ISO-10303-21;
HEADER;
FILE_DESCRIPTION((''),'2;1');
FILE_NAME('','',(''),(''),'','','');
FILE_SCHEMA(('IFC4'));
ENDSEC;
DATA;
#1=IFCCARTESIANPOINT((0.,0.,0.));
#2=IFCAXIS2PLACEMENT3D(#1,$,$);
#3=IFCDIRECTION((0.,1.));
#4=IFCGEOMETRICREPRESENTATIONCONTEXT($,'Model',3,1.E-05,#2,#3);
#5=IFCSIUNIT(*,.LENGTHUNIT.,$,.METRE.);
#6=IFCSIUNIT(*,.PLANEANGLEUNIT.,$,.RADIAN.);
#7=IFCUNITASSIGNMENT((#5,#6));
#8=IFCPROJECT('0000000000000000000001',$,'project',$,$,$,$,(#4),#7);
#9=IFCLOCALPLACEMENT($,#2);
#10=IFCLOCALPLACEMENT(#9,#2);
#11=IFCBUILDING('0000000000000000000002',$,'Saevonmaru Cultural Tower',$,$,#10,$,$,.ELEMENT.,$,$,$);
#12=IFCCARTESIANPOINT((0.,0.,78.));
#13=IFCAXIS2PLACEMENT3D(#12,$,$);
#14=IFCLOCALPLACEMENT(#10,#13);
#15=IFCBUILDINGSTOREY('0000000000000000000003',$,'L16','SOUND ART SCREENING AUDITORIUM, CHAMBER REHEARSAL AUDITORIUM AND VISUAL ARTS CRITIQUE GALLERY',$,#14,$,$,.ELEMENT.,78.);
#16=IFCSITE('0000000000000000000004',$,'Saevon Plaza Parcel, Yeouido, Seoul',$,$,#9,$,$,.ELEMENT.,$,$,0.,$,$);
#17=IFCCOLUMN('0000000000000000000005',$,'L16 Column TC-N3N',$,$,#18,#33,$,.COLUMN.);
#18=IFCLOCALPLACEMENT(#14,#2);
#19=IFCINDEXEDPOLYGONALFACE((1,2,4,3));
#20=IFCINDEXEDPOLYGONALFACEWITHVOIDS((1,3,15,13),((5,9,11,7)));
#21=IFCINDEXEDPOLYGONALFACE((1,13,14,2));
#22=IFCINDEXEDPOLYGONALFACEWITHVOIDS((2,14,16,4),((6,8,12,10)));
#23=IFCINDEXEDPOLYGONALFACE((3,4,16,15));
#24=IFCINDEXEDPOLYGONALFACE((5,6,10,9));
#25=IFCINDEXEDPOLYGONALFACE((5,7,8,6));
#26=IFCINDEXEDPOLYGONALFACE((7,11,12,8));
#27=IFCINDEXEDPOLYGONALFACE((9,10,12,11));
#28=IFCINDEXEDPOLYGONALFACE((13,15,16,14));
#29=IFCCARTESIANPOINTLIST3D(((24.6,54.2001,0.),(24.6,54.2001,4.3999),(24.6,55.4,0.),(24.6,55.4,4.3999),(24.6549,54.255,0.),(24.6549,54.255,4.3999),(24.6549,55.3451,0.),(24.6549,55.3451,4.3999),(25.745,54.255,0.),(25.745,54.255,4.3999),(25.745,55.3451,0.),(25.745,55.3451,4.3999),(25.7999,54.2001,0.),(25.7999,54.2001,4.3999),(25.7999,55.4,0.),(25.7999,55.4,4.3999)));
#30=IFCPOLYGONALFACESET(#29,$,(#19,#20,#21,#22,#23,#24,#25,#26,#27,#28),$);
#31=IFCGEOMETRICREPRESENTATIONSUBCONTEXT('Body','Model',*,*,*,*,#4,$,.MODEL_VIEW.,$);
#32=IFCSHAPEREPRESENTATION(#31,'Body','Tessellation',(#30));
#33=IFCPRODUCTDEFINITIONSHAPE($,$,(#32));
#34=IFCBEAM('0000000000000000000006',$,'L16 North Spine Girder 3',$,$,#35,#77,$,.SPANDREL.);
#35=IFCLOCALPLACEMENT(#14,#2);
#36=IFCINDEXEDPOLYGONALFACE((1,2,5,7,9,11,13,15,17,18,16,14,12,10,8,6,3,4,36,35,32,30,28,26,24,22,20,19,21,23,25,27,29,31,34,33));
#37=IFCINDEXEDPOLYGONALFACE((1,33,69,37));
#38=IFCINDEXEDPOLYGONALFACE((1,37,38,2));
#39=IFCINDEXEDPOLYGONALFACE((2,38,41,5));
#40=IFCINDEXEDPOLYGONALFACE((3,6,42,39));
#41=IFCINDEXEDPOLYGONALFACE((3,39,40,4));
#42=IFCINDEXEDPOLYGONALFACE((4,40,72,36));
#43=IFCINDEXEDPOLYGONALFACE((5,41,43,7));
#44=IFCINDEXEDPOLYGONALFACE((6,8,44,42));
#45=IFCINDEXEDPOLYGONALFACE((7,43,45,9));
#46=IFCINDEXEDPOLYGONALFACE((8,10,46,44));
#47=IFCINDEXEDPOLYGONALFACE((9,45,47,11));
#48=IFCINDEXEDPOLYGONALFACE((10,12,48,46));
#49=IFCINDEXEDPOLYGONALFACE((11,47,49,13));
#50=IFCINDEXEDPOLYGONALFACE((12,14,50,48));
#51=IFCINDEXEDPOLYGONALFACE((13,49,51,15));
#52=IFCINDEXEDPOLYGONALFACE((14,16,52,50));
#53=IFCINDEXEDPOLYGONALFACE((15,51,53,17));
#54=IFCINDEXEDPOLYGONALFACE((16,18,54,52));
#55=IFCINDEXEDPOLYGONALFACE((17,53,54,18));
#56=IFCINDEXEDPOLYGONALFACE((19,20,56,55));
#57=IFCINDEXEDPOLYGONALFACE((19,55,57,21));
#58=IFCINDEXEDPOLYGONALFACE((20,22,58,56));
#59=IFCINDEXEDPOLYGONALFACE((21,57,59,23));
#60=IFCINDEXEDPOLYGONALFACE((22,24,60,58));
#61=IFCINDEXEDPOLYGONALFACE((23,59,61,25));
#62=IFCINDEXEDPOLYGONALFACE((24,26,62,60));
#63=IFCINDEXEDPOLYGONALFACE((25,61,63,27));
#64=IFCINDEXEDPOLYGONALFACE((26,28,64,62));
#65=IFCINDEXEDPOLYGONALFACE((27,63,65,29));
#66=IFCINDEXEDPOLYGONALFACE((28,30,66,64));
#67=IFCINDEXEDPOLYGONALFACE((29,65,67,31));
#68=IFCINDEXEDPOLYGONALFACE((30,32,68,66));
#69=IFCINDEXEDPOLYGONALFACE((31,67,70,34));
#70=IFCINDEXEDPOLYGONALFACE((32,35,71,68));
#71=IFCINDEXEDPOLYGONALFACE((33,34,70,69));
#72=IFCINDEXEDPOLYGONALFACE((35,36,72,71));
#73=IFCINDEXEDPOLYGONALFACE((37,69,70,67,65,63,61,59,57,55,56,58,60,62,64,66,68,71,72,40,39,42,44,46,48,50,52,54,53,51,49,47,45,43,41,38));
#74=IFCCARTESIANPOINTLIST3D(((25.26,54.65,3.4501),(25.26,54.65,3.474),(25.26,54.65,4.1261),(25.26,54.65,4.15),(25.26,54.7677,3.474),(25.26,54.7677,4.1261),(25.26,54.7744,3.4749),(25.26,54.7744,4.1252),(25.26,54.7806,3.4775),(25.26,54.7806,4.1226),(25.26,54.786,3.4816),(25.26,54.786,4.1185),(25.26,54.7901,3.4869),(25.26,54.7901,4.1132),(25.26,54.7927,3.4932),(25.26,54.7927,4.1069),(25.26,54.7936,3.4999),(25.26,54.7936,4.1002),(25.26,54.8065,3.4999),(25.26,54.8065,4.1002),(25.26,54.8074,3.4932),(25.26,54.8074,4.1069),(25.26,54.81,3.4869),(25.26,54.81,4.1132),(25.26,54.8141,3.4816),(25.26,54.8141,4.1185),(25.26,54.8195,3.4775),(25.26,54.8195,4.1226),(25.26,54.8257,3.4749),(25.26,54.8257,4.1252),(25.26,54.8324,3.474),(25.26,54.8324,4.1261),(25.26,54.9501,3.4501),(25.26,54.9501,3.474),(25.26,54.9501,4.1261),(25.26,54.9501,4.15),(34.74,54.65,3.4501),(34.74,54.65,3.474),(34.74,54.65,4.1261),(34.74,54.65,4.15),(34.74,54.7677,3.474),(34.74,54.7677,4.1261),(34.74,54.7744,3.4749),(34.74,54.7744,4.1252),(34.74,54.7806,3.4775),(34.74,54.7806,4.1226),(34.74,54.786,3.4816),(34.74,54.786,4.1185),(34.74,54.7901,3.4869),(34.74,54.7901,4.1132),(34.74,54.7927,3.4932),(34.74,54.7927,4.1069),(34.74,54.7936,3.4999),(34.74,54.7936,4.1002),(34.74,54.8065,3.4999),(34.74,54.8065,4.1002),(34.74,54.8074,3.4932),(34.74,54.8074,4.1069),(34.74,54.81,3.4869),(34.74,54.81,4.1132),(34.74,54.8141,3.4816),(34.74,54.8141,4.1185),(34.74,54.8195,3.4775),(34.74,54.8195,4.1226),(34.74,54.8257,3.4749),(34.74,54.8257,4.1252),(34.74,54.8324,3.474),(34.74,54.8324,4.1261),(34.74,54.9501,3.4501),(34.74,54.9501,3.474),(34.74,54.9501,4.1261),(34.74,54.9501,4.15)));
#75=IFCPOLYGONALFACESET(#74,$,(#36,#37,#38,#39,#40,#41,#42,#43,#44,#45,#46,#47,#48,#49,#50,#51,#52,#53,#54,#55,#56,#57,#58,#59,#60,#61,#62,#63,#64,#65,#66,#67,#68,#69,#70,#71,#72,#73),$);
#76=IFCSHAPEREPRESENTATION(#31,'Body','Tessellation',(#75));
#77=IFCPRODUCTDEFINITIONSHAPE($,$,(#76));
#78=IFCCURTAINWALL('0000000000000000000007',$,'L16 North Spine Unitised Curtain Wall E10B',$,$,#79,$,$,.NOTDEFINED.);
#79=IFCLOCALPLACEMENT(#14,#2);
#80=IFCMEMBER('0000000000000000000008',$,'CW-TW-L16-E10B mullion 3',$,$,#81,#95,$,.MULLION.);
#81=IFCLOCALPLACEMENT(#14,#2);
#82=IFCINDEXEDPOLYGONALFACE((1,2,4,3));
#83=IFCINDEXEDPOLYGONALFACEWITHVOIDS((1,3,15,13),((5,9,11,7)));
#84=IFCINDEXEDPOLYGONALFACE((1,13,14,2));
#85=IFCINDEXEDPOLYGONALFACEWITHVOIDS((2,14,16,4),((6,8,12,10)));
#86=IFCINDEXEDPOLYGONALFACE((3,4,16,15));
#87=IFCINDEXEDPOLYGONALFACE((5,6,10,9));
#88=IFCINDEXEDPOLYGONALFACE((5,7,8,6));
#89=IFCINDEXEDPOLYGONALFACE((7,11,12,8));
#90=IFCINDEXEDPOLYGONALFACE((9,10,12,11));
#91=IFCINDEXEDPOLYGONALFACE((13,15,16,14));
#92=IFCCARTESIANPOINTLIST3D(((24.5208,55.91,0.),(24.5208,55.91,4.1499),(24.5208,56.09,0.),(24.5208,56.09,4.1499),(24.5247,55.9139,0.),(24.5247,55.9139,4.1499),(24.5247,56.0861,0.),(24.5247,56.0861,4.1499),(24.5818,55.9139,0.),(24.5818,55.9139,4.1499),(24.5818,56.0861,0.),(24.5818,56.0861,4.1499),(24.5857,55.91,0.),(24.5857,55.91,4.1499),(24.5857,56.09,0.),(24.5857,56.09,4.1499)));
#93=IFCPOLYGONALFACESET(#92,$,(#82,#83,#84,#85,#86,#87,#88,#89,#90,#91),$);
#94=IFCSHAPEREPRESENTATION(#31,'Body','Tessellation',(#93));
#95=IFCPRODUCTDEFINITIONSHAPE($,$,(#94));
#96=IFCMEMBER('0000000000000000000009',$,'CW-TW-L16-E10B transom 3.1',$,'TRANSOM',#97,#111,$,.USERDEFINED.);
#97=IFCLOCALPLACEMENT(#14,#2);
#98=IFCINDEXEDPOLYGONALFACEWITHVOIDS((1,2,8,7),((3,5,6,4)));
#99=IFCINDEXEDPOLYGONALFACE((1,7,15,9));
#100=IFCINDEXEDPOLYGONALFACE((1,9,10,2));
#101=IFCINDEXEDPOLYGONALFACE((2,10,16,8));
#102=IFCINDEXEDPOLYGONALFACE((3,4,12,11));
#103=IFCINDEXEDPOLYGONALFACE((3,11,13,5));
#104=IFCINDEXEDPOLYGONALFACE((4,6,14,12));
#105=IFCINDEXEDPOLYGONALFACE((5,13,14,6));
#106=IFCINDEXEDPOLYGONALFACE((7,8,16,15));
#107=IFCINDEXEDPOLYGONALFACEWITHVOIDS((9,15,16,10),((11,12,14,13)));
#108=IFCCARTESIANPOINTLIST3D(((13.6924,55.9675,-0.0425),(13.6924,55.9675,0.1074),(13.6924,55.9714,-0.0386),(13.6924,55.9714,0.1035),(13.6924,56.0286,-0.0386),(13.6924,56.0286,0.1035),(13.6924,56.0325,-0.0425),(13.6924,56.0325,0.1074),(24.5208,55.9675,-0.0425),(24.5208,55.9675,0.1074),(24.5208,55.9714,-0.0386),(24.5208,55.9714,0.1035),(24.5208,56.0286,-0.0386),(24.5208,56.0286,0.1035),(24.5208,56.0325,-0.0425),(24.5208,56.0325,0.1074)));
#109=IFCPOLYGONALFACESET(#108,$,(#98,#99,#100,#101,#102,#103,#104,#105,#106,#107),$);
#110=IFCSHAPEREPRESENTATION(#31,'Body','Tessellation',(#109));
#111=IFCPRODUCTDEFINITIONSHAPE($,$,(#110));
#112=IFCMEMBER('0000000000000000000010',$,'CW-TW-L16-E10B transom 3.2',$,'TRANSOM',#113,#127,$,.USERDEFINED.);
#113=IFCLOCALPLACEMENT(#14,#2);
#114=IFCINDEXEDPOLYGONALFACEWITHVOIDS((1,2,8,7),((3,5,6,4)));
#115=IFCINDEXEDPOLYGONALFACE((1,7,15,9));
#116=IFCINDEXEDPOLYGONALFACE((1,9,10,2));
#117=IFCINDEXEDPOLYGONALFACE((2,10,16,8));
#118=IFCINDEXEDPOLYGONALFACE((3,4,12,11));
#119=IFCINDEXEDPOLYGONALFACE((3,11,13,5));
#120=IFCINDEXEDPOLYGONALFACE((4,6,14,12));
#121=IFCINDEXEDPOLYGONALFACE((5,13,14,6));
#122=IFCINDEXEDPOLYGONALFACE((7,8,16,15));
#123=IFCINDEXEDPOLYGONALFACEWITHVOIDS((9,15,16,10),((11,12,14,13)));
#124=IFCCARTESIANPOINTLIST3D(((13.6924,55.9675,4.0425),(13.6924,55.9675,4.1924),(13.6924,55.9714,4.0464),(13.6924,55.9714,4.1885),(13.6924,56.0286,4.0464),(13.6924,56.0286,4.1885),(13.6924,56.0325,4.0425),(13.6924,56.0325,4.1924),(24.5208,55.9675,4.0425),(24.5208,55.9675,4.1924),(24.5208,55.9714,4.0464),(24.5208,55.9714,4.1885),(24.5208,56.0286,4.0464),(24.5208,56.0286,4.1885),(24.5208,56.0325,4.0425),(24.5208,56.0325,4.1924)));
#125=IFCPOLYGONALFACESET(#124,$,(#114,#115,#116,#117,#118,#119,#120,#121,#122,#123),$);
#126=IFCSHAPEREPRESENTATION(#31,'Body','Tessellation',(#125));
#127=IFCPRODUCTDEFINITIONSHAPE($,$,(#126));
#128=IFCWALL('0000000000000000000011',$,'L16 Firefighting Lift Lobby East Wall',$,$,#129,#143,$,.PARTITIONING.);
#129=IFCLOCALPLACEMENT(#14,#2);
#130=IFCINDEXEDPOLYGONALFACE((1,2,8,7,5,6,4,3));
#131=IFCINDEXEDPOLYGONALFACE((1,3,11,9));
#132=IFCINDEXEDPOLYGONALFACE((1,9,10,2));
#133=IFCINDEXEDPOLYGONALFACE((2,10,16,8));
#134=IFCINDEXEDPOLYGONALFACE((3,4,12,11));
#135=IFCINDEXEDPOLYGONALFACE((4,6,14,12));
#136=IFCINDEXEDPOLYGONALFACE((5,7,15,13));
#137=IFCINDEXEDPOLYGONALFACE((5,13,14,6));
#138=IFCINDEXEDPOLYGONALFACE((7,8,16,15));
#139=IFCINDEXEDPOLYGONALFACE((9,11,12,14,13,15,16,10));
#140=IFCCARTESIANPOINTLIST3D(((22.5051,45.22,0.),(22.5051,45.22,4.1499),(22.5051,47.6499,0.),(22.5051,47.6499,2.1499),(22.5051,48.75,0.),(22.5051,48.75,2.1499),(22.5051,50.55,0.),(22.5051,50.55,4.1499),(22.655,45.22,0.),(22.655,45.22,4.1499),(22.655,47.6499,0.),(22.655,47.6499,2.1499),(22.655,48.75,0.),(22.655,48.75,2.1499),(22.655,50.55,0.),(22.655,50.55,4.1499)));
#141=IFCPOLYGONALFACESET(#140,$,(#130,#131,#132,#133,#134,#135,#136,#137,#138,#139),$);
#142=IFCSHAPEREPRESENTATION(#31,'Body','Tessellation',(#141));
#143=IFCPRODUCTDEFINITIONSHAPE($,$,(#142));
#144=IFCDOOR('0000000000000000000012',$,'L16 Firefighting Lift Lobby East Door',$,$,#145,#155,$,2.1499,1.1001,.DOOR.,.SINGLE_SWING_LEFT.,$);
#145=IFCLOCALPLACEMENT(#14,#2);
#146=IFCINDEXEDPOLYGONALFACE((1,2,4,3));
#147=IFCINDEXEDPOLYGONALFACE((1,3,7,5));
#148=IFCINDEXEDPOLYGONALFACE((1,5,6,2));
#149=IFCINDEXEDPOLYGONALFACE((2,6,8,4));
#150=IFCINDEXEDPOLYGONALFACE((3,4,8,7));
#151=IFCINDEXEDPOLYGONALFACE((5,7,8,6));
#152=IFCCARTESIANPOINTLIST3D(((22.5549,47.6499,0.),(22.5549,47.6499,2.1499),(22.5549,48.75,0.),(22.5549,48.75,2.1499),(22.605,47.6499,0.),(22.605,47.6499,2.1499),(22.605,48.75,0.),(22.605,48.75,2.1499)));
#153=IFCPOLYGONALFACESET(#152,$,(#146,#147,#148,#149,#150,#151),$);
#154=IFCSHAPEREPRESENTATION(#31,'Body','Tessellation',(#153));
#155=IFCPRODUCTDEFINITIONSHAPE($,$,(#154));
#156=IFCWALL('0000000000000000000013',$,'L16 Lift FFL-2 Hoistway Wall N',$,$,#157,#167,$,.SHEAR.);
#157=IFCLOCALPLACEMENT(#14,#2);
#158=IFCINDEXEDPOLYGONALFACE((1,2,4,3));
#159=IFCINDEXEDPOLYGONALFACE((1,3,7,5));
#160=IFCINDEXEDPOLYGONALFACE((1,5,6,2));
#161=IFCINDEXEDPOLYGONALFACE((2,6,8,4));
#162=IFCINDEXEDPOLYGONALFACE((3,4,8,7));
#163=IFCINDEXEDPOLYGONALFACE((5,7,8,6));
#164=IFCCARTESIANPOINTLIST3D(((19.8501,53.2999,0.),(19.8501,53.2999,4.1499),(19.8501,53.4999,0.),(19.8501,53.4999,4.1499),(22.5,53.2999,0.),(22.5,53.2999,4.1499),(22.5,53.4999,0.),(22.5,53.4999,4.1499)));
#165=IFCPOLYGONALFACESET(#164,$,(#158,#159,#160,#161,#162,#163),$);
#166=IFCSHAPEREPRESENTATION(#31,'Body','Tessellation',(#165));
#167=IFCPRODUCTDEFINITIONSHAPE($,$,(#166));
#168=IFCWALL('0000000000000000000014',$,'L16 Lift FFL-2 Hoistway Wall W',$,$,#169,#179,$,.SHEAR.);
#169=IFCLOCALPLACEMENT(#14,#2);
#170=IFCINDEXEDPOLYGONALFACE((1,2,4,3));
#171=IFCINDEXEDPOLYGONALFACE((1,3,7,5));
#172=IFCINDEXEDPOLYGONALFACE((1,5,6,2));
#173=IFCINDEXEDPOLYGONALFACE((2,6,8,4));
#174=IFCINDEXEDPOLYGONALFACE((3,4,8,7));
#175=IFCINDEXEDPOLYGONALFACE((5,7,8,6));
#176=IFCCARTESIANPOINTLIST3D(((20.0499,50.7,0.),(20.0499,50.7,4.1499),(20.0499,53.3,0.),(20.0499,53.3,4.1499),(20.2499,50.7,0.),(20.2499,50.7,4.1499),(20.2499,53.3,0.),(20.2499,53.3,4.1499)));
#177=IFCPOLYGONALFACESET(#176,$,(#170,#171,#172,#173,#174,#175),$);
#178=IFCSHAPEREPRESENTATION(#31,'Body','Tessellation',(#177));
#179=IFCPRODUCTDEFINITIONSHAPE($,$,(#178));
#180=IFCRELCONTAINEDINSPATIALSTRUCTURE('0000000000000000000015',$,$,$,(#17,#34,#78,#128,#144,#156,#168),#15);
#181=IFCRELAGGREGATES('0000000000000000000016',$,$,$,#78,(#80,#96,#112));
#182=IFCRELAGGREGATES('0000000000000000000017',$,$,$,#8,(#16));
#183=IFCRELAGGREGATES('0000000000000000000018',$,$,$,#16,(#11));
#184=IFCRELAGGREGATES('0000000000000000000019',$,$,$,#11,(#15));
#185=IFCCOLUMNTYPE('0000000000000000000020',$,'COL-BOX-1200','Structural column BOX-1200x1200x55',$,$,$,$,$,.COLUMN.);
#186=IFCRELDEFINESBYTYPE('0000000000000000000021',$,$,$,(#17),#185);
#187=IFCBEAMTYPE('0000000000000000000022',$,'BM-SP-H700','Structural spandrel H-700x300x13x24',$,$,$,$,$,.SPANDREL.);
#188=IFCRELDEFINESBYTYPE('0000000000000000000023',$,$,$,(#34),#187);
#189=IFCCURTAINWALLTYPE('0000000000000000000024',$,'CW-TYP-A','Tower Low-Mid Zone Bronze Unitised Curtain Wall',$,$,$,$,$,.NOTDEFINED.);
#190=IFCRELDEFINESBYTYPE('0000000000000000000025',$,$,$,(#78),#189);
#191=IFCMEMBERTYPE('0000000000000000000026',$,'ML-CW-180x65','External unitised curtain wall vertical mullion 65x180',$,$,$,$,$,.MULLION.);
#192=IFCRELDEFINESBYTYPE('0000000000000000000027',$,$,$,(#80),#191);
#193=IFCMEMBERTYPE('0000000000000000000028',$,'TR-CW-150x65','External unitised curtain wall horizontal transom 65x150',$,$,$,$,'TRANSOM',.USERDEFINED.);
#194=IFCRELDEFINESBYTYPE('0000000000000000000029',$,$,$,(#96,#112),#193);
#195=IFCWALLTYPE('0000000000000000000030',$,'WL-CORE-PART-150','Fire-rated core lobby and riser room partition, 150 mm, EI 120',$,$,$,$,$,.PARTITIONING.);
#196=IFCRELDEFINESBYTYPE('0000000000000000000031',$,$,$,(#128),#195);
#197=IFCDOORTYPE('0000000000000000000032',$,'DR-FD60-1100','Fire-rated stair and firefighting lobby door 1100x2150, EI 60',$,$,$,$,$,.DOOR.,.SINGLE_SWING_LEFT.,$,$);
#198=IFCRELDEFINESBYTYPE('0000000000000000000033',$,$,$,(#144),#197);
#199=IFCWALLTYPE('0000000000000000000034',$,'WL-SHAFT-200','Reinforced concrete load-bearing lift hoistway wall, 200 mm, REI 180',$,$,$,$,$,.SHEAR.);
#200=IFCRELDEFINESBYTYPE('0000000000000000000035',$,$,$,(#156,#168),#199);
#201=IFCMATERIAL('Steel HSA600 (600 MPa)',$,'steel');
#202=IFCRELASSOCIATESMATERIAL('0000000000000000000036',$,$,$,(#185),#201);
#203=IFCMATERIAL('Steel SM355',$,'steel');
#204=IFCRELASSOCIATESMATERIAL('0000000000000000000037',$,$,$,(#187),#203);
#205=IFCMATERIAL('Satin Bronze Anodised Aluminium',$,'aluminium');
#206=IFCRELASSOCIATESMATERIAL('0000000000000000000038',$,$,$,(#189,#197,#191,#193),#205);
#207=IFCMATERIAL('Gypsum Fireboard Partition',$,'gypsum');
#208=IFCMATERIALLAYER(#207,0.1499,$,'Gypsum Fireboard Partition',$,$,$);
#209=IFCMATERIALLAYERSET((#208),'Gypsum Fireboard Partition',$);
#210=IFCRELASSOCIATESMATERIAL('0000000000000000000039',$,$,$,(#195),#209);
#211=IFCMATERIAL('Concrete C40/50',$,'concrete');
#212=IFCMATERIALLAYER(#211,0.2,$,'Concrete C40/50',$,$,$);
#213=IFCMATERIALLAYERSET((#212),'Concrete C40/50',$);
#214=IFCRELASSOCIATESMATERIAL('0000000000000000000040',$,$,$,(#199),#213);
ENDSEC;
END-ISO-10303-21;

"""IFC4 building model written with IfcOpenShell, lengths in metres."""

from ifc_helpers import new_model, si_unit, direction, frame, frame_2d, origin, origin_2d, place, context, subcontext, project, spatial, rectangle, hollow_rectangle, i_section, extrude, material, layer, layer_set, material_profile, profile_set, type_object, element, fill, aggregate, save


model = new_model("IFC4")

# Units and contexts
model_context = context("Model", 3, precision=1e-05, world=origin(), true_north=direction((0.0, 1.0)))
body_context = subcontext(model_context, "Body", "Model", "MODEL_VIEW")
ifc_project = project(units=[si_unit("LENGTHUNIT", "METRE"), si_unit("PLANEANGLEUNIT", "RADIAN")], contexts=[model_context])

# Site, building, storey
site_placement = place(None, origin())
site = spatial("IfcSite", under=ifc_project, at=site_placement, Name="Saevon Plaza Parcel, Yeouido, Seoul", CompositionType="ELEMENT", RefElevation=0.0)
building_placement = place(site_placement, origin())
building = spatial("IfcBuilding", under=site, at=building_placement, Name="Saevonmaru Cultural Tower", CompositionType="ELEMENT")
storey_placement = place(building_placement, frame((0.0, 0.0, 78.0)))
storey = spatial("IfcBuildingStorey", under=building, at=storey_placement, Name="L16", Description="SOUND ART SCREENING AUDITORIUM, CHAMBER REHEARSAL AUDITORIUM AND VISUAL ARTS CRITIQUE GALLERY", CompositionType="ELEMENT", Elevation=78.0)

# Column
ifc_material_1 = material(Name="Steel HSA600 (600 MPa)", Category="steel")
ifc_material_profile_1 = material_profile(ifc_material_1, hollow_rectangle(XDim=1.2, YDim=1.2, WallThickness=0.0549, at=origin_2d()), Name="BOX-1200x1200x55")
ifc_profile_set_1 = profile_set([ifc_material_profile_1], Name="Steel HSA600 (600 MPa)")
column_type = type_object("IfcColumnType", Name="COL-BOX-1200", Description="Structural column BOX-1200x1200x55", PredefinedType="COLUMN", material=ifc_profile_set_1)
column_placement = place(storey_placement, frame((25.2, 54.8, 0.0), z_axis=(0.0, 0.0, 1.0), x_axis=(1.0, 0.0, 0.0)))
element("IfcColumn", 1, at=column_placement, inside=storey, type_object=column_type, Name="L16 Column TC-N3N", PredefinedType="COLUMN", context=body_context, shape_type="SweptSolid", body=[
    extrude(hollow_rectangle(XDim=1.2, YDim=1.2, WallThickness=0.0549, at=origin_2d()), origin(), (0.0, 0.0, 1.0), 4.3999),
])

# Beam
ifc_material_2 = material(Name="Steel SM355", Category="steel")
ifc_material_profile_2 = material_profile(ifc_material_2, i_section(OverallWidth=0.3, OverallDepth=0.7, WebThickness=0.0129, FlangeThickness=0.0239, FilletRadius=0.0259, at=origin_2d()), Name="H-700x300x13x24")
ifc_profile_set_2 = profile_set([ifc_material_profile_2], Name="Steel SM355")
beam_type = type_object("IfcBeamType", Name="BM-SP-H700", Description="Structural spandrel H-700x300x13x24", PredefinedType="SPANDREL", material=ifc_profile_set_2)
beam_placement = place(storey_placement, frame((25.26, 54.8, 3.8), z_axis=(1.0, 0.0, 0.0), x_axis=(0.0, 1.0, 0.0)))
element("IfcBeam", 2, at=beam_placement, inside=storey, type_object=beam_type, Name="L16 North Spine Girder 3", PredefinedType="SPANDREL", context=body_context, shape_type="SweptSolid", body=[
    extrude(i_section(OverallWidth=0.3, OverallDepth=0.7, WebThickness=0.0129, FlangeThickness=0.0239, FilletRadius=0.0259, at=origin_2d()), origin(), (0.0, 0.0, 1.0), 9.48),
])

# Curtain wall, members
ifc_material_3 = material(Name="Satin Bronze Anodised Aluminium", Category="aluminium")
curtain_wall_type = type_object("IfcCurtainWallType", Name="CW-TYP-A", Description="Tower Low-Mid Zone Bronze Unitised Curtain Wall", PredefinedType="NOTDEFINED", material=ifc_material_3)
curtain_wall_placement = place(storey_placement, origin())
curtain_wall = element("IfcCurtainWall", 3, at=curtain_wall_placement, inside=storey, type_object=curtain_wall_type, Name="L16 North Spine Unitised Curtain Wall E10B", PredefinedType="NOTDEFINED")
ifc_material_profile_3 = material_profile(ifc_material_3, hollow_rectangle(XDim=0.0649, YDim=0.1799, WallThickness=0.0039, at=origin_2d()), Name="ALU-MULL-180x65x4")
ifc_profile_set_3 = profile_set([ifc_material_profile_3], Name="Satin Bronze Anodised Aluminium")
member_type_1 = type_object("IfcMemberType", Name="ML-CW-180x65", Description="External unitised curtain wall vertical mullion 65x180", PredefinedType="MULLION", material=ifc_profile_set_3)
member_1_placement = place(storey_placement, frame((24.5532, 56.0, 0.0), z_axis=(0.0, 0.0, 1.0), x_axis=(-1.0, 0.0, 0.0)))
member_1 = element("IfcMember", 4, at=member_1_placement, type_object=member_type_1, Name="CW-TW-L16-E10B mullion 3", PredefinedType="MULLION", context=body_context, shape_type="SweptSolid", body=[
    extrude(hollow_rectangle(XDim=0.0649, YDim=0.1799, WallThickness=0.0039, at=origin_2d()), origin(), (0.0, 0.0, 1.0), 4.1499),
])
ifc_material_profile_4 = material_profile(ifc_material_3, hollow_rectangle(XDim=0.0649, YDim=0.1499, WallThickness=0.0039, at=origin_2d()), Name="ALU-TRAN-150x65x4")
ifc_profile_set_4 = profile_set([ifc_material_profile_4], Name="Satin Bronze Anodised Aluminium")
member_type_2 = type_object("IfcMemberType", Name="TR-CW-150x65", Description="External unitised curtain wall horizontal transom 65x150", ElementType="TRANSOM", PredefinedType="USERDEFINED", material=ifc_profile_set_4)
member_2_placement = place(storey_placement, frame((24.5208, 56.0, 0.0325), z_axis=(-1.0, 0.0, 0.0), x_axis=(0.0, -1.0, 0.0)))
member_2 = element("IfcMember", 5, at=member_2_placement, type_object=member_type_2, Name="CW-TW-L16-E10B transom 3.1", ObjectType="TRANSOM", PredefinedType="USERDEFINED", context=body_context, shape_type="SweptSolid", body=[
    extrude(hollow_rectangle(XDim=0.0649, YDim=0.1499, WallThickness=0.0039, at=origin_2d()), origin(), (0.0, 0.0, 1.0), 10.8284),
])
member_3_placement = place(storey_placement, frame((24.5208, 56.0, 4.1174), z_axis=(-1.0, 0.0, 0.0), x_axis=(0.0, -1.0, 0.0)))
member_3 = element("IfcMember", 6, at=member_3_placement, type_object=member_type_2, Name="CW-TW-L16-E10B transom 3.2", ObjectType="TRANSOM", PredefinedType="USERDEFINED", context=body_context, shape_type="SweptSolid", body=[
    extrude(hollow_rectangle(XDim=0.0649, YDim=0.1499, WallThickness=0.0039, at=origin_2d()), origin(), (0.0, 0.0, 1.0), 10.8284),
])
aggregate(curtain_wall, [member_1, member_2, member_3])

# Wall, opening, door
ifc_material_4 = material(Name="Gypsum Fireboard Partition", Category="gypsum")
ifc_layer_1 = layer(ifc_material_4, 0.1499, Name="Gypsum Fireboard Partition")
ifc_layer_set_1 = layer_set([ifc_layer_1], Name="Gypsum Fireboard Partition")
wall_type_1 = type_object("IfcWallType", Name="WL-CORE-PART-150", Description="Fire-rated core lobby and riser room partition, 150 mm, EI 120", PredefinedType="PARTITIONING", material=ifc_layer_set_1)
wall_1_placement = place(storey_placement, frame((22.5801, 50.55, 0.0), z_axis=(0.0, 0.0, 1.0), x_axis=(0.0, -1.0, 0.0)))
wall_1 = element("IfcWall", 7, at=wall_1_placement, inside=storey, type_object=wall_type_1, Name="L16 Firefighting Lift Lobby East Wall", PredefinedType="PARTITIONING", context=body_context, shape_type="SweptSolid", body=[
    extrude(rectangle(XDim=5.3301, YDim=0.1499, at=frame_2d((2.665, 0.0))), origin(), (0.0, 0.0, 1.0), 4.1499),
])
opening_1_placement = place(wall_1_placement, frame((1.8, 0.0, 0.0)))
opening_1 = element("IfcOpeningElement", 8, at=opening_1_placement, cuts=wall_1, PredefinedType="OPENING", context=body_context, shape_type="SweptSolid", body=[
    extrude(rectangle(XDim=1.1001, YDim=2.1499, at=frame_2d((0.55, 1.075))), frame((0.0, 0.085, 0.0), z_axis=(0.0, -1.0, 0.0), x_axis=(1.0, 0.0, 0.0)), (0.0, 0.0, 1.0), 0.1699),
])
door_type_1 = type_object("IfcDoorType", Name="DR-FD60-1100", Description="Fire-rated stair and firefighting lobby door 1100x2150, EI 60", OperationType="SINGLE_SWING_LEFT", PredefinedType="DOOR", material=ifc_material_3)
door_1_placement = place(opening_1_placement, origin())
door_1 = element("IfcDoor", 9, at=door_1_placement, inside=storey, type_object=door_type_1, Name="L16 Firefighting Lift Lobby East Door", OperationType="SINGLE_SWING_LEFT", OverallHeight=2.1499, OverallWidth=1.1001, PredefinedType="DOOR", context=body_context, shape_type="SweptSolid", body=[
    extrude(rectangle(XDim=1.1001, YDim=2.1499, at=frame_2d((0.55, 1.075))), frame((0.0, 0.0249, 0.0), z_axis=(0.0, -1.0, 0.0), x_axis=(1.0, 0.0, 0.0)), (0.0, 0.0, 1.0), 0.05),
])
fill(opening_1, door_1)

# Walls
ifc_material_5 = material(Name="Concrete C40/50", Category="concrete")
ifc_layer_2 = layer(ifc_material_5, 0.2, Name="Concrete C40/50")
ifc_layer_set_2 = layer_set([ifc_layer_2], Name="Concrete C40/50")
wall_type_2 = type_object("IfcWallType", Name="WL-SHAFT-200", Description="Reinforced concrete load-bearing lift hoistway wall, 200 mm, REI 180", PredefinedType="SHEAR", material=ifc_layer_set_2)
wall_2_placement = place(storey_placement, frame((19.8501, 53.3999, 0.0), z_axis=(0.0, 0.0, 1.0), x_axis=(1.0, 0.0, 0.0)))
element("IfcWall", 10, at=wall_2_placement, inside=storey, type_object=wall_type_2, Name="L16 Lift FFL-2 Hoistway Wall N", PredefinedType="SHEAR", context=body_context, shape_type="SweptSolid", body=[
    extrude(rectangle(XDim=2.6499, YDim=0.2, at=frame_2d((1.325, 0.0))), origin(), (0.0, 0.0, 1.0), 4.1499),
])
for number, where, z_axis, x_axis, name in (
    (11, (20.1499, 50.7, 0.0), (0.0, 0.0, 1.0), (0.0, 1.0, 0.0), "L16 Lift FFL-2 Hoistway Wall W"),
):
    element("IfcWall", number, at=place(storey_placement, frame(where, z_axis=z_axis, x_axis=x_axis)), inside=storey, type_object=wall_type_2, Name=name, PredefinedType="SHEAR", context=body_context, shape_type="SweptSolid", body=[
        extrude(rectangle(XDim=2.6001, YDim=0.2, at=frame_2d((1.3, 0.0))), origin(), (0.0, 0.0, 1.0), 4.1499),
    ])

save(model, "model.ifc")
